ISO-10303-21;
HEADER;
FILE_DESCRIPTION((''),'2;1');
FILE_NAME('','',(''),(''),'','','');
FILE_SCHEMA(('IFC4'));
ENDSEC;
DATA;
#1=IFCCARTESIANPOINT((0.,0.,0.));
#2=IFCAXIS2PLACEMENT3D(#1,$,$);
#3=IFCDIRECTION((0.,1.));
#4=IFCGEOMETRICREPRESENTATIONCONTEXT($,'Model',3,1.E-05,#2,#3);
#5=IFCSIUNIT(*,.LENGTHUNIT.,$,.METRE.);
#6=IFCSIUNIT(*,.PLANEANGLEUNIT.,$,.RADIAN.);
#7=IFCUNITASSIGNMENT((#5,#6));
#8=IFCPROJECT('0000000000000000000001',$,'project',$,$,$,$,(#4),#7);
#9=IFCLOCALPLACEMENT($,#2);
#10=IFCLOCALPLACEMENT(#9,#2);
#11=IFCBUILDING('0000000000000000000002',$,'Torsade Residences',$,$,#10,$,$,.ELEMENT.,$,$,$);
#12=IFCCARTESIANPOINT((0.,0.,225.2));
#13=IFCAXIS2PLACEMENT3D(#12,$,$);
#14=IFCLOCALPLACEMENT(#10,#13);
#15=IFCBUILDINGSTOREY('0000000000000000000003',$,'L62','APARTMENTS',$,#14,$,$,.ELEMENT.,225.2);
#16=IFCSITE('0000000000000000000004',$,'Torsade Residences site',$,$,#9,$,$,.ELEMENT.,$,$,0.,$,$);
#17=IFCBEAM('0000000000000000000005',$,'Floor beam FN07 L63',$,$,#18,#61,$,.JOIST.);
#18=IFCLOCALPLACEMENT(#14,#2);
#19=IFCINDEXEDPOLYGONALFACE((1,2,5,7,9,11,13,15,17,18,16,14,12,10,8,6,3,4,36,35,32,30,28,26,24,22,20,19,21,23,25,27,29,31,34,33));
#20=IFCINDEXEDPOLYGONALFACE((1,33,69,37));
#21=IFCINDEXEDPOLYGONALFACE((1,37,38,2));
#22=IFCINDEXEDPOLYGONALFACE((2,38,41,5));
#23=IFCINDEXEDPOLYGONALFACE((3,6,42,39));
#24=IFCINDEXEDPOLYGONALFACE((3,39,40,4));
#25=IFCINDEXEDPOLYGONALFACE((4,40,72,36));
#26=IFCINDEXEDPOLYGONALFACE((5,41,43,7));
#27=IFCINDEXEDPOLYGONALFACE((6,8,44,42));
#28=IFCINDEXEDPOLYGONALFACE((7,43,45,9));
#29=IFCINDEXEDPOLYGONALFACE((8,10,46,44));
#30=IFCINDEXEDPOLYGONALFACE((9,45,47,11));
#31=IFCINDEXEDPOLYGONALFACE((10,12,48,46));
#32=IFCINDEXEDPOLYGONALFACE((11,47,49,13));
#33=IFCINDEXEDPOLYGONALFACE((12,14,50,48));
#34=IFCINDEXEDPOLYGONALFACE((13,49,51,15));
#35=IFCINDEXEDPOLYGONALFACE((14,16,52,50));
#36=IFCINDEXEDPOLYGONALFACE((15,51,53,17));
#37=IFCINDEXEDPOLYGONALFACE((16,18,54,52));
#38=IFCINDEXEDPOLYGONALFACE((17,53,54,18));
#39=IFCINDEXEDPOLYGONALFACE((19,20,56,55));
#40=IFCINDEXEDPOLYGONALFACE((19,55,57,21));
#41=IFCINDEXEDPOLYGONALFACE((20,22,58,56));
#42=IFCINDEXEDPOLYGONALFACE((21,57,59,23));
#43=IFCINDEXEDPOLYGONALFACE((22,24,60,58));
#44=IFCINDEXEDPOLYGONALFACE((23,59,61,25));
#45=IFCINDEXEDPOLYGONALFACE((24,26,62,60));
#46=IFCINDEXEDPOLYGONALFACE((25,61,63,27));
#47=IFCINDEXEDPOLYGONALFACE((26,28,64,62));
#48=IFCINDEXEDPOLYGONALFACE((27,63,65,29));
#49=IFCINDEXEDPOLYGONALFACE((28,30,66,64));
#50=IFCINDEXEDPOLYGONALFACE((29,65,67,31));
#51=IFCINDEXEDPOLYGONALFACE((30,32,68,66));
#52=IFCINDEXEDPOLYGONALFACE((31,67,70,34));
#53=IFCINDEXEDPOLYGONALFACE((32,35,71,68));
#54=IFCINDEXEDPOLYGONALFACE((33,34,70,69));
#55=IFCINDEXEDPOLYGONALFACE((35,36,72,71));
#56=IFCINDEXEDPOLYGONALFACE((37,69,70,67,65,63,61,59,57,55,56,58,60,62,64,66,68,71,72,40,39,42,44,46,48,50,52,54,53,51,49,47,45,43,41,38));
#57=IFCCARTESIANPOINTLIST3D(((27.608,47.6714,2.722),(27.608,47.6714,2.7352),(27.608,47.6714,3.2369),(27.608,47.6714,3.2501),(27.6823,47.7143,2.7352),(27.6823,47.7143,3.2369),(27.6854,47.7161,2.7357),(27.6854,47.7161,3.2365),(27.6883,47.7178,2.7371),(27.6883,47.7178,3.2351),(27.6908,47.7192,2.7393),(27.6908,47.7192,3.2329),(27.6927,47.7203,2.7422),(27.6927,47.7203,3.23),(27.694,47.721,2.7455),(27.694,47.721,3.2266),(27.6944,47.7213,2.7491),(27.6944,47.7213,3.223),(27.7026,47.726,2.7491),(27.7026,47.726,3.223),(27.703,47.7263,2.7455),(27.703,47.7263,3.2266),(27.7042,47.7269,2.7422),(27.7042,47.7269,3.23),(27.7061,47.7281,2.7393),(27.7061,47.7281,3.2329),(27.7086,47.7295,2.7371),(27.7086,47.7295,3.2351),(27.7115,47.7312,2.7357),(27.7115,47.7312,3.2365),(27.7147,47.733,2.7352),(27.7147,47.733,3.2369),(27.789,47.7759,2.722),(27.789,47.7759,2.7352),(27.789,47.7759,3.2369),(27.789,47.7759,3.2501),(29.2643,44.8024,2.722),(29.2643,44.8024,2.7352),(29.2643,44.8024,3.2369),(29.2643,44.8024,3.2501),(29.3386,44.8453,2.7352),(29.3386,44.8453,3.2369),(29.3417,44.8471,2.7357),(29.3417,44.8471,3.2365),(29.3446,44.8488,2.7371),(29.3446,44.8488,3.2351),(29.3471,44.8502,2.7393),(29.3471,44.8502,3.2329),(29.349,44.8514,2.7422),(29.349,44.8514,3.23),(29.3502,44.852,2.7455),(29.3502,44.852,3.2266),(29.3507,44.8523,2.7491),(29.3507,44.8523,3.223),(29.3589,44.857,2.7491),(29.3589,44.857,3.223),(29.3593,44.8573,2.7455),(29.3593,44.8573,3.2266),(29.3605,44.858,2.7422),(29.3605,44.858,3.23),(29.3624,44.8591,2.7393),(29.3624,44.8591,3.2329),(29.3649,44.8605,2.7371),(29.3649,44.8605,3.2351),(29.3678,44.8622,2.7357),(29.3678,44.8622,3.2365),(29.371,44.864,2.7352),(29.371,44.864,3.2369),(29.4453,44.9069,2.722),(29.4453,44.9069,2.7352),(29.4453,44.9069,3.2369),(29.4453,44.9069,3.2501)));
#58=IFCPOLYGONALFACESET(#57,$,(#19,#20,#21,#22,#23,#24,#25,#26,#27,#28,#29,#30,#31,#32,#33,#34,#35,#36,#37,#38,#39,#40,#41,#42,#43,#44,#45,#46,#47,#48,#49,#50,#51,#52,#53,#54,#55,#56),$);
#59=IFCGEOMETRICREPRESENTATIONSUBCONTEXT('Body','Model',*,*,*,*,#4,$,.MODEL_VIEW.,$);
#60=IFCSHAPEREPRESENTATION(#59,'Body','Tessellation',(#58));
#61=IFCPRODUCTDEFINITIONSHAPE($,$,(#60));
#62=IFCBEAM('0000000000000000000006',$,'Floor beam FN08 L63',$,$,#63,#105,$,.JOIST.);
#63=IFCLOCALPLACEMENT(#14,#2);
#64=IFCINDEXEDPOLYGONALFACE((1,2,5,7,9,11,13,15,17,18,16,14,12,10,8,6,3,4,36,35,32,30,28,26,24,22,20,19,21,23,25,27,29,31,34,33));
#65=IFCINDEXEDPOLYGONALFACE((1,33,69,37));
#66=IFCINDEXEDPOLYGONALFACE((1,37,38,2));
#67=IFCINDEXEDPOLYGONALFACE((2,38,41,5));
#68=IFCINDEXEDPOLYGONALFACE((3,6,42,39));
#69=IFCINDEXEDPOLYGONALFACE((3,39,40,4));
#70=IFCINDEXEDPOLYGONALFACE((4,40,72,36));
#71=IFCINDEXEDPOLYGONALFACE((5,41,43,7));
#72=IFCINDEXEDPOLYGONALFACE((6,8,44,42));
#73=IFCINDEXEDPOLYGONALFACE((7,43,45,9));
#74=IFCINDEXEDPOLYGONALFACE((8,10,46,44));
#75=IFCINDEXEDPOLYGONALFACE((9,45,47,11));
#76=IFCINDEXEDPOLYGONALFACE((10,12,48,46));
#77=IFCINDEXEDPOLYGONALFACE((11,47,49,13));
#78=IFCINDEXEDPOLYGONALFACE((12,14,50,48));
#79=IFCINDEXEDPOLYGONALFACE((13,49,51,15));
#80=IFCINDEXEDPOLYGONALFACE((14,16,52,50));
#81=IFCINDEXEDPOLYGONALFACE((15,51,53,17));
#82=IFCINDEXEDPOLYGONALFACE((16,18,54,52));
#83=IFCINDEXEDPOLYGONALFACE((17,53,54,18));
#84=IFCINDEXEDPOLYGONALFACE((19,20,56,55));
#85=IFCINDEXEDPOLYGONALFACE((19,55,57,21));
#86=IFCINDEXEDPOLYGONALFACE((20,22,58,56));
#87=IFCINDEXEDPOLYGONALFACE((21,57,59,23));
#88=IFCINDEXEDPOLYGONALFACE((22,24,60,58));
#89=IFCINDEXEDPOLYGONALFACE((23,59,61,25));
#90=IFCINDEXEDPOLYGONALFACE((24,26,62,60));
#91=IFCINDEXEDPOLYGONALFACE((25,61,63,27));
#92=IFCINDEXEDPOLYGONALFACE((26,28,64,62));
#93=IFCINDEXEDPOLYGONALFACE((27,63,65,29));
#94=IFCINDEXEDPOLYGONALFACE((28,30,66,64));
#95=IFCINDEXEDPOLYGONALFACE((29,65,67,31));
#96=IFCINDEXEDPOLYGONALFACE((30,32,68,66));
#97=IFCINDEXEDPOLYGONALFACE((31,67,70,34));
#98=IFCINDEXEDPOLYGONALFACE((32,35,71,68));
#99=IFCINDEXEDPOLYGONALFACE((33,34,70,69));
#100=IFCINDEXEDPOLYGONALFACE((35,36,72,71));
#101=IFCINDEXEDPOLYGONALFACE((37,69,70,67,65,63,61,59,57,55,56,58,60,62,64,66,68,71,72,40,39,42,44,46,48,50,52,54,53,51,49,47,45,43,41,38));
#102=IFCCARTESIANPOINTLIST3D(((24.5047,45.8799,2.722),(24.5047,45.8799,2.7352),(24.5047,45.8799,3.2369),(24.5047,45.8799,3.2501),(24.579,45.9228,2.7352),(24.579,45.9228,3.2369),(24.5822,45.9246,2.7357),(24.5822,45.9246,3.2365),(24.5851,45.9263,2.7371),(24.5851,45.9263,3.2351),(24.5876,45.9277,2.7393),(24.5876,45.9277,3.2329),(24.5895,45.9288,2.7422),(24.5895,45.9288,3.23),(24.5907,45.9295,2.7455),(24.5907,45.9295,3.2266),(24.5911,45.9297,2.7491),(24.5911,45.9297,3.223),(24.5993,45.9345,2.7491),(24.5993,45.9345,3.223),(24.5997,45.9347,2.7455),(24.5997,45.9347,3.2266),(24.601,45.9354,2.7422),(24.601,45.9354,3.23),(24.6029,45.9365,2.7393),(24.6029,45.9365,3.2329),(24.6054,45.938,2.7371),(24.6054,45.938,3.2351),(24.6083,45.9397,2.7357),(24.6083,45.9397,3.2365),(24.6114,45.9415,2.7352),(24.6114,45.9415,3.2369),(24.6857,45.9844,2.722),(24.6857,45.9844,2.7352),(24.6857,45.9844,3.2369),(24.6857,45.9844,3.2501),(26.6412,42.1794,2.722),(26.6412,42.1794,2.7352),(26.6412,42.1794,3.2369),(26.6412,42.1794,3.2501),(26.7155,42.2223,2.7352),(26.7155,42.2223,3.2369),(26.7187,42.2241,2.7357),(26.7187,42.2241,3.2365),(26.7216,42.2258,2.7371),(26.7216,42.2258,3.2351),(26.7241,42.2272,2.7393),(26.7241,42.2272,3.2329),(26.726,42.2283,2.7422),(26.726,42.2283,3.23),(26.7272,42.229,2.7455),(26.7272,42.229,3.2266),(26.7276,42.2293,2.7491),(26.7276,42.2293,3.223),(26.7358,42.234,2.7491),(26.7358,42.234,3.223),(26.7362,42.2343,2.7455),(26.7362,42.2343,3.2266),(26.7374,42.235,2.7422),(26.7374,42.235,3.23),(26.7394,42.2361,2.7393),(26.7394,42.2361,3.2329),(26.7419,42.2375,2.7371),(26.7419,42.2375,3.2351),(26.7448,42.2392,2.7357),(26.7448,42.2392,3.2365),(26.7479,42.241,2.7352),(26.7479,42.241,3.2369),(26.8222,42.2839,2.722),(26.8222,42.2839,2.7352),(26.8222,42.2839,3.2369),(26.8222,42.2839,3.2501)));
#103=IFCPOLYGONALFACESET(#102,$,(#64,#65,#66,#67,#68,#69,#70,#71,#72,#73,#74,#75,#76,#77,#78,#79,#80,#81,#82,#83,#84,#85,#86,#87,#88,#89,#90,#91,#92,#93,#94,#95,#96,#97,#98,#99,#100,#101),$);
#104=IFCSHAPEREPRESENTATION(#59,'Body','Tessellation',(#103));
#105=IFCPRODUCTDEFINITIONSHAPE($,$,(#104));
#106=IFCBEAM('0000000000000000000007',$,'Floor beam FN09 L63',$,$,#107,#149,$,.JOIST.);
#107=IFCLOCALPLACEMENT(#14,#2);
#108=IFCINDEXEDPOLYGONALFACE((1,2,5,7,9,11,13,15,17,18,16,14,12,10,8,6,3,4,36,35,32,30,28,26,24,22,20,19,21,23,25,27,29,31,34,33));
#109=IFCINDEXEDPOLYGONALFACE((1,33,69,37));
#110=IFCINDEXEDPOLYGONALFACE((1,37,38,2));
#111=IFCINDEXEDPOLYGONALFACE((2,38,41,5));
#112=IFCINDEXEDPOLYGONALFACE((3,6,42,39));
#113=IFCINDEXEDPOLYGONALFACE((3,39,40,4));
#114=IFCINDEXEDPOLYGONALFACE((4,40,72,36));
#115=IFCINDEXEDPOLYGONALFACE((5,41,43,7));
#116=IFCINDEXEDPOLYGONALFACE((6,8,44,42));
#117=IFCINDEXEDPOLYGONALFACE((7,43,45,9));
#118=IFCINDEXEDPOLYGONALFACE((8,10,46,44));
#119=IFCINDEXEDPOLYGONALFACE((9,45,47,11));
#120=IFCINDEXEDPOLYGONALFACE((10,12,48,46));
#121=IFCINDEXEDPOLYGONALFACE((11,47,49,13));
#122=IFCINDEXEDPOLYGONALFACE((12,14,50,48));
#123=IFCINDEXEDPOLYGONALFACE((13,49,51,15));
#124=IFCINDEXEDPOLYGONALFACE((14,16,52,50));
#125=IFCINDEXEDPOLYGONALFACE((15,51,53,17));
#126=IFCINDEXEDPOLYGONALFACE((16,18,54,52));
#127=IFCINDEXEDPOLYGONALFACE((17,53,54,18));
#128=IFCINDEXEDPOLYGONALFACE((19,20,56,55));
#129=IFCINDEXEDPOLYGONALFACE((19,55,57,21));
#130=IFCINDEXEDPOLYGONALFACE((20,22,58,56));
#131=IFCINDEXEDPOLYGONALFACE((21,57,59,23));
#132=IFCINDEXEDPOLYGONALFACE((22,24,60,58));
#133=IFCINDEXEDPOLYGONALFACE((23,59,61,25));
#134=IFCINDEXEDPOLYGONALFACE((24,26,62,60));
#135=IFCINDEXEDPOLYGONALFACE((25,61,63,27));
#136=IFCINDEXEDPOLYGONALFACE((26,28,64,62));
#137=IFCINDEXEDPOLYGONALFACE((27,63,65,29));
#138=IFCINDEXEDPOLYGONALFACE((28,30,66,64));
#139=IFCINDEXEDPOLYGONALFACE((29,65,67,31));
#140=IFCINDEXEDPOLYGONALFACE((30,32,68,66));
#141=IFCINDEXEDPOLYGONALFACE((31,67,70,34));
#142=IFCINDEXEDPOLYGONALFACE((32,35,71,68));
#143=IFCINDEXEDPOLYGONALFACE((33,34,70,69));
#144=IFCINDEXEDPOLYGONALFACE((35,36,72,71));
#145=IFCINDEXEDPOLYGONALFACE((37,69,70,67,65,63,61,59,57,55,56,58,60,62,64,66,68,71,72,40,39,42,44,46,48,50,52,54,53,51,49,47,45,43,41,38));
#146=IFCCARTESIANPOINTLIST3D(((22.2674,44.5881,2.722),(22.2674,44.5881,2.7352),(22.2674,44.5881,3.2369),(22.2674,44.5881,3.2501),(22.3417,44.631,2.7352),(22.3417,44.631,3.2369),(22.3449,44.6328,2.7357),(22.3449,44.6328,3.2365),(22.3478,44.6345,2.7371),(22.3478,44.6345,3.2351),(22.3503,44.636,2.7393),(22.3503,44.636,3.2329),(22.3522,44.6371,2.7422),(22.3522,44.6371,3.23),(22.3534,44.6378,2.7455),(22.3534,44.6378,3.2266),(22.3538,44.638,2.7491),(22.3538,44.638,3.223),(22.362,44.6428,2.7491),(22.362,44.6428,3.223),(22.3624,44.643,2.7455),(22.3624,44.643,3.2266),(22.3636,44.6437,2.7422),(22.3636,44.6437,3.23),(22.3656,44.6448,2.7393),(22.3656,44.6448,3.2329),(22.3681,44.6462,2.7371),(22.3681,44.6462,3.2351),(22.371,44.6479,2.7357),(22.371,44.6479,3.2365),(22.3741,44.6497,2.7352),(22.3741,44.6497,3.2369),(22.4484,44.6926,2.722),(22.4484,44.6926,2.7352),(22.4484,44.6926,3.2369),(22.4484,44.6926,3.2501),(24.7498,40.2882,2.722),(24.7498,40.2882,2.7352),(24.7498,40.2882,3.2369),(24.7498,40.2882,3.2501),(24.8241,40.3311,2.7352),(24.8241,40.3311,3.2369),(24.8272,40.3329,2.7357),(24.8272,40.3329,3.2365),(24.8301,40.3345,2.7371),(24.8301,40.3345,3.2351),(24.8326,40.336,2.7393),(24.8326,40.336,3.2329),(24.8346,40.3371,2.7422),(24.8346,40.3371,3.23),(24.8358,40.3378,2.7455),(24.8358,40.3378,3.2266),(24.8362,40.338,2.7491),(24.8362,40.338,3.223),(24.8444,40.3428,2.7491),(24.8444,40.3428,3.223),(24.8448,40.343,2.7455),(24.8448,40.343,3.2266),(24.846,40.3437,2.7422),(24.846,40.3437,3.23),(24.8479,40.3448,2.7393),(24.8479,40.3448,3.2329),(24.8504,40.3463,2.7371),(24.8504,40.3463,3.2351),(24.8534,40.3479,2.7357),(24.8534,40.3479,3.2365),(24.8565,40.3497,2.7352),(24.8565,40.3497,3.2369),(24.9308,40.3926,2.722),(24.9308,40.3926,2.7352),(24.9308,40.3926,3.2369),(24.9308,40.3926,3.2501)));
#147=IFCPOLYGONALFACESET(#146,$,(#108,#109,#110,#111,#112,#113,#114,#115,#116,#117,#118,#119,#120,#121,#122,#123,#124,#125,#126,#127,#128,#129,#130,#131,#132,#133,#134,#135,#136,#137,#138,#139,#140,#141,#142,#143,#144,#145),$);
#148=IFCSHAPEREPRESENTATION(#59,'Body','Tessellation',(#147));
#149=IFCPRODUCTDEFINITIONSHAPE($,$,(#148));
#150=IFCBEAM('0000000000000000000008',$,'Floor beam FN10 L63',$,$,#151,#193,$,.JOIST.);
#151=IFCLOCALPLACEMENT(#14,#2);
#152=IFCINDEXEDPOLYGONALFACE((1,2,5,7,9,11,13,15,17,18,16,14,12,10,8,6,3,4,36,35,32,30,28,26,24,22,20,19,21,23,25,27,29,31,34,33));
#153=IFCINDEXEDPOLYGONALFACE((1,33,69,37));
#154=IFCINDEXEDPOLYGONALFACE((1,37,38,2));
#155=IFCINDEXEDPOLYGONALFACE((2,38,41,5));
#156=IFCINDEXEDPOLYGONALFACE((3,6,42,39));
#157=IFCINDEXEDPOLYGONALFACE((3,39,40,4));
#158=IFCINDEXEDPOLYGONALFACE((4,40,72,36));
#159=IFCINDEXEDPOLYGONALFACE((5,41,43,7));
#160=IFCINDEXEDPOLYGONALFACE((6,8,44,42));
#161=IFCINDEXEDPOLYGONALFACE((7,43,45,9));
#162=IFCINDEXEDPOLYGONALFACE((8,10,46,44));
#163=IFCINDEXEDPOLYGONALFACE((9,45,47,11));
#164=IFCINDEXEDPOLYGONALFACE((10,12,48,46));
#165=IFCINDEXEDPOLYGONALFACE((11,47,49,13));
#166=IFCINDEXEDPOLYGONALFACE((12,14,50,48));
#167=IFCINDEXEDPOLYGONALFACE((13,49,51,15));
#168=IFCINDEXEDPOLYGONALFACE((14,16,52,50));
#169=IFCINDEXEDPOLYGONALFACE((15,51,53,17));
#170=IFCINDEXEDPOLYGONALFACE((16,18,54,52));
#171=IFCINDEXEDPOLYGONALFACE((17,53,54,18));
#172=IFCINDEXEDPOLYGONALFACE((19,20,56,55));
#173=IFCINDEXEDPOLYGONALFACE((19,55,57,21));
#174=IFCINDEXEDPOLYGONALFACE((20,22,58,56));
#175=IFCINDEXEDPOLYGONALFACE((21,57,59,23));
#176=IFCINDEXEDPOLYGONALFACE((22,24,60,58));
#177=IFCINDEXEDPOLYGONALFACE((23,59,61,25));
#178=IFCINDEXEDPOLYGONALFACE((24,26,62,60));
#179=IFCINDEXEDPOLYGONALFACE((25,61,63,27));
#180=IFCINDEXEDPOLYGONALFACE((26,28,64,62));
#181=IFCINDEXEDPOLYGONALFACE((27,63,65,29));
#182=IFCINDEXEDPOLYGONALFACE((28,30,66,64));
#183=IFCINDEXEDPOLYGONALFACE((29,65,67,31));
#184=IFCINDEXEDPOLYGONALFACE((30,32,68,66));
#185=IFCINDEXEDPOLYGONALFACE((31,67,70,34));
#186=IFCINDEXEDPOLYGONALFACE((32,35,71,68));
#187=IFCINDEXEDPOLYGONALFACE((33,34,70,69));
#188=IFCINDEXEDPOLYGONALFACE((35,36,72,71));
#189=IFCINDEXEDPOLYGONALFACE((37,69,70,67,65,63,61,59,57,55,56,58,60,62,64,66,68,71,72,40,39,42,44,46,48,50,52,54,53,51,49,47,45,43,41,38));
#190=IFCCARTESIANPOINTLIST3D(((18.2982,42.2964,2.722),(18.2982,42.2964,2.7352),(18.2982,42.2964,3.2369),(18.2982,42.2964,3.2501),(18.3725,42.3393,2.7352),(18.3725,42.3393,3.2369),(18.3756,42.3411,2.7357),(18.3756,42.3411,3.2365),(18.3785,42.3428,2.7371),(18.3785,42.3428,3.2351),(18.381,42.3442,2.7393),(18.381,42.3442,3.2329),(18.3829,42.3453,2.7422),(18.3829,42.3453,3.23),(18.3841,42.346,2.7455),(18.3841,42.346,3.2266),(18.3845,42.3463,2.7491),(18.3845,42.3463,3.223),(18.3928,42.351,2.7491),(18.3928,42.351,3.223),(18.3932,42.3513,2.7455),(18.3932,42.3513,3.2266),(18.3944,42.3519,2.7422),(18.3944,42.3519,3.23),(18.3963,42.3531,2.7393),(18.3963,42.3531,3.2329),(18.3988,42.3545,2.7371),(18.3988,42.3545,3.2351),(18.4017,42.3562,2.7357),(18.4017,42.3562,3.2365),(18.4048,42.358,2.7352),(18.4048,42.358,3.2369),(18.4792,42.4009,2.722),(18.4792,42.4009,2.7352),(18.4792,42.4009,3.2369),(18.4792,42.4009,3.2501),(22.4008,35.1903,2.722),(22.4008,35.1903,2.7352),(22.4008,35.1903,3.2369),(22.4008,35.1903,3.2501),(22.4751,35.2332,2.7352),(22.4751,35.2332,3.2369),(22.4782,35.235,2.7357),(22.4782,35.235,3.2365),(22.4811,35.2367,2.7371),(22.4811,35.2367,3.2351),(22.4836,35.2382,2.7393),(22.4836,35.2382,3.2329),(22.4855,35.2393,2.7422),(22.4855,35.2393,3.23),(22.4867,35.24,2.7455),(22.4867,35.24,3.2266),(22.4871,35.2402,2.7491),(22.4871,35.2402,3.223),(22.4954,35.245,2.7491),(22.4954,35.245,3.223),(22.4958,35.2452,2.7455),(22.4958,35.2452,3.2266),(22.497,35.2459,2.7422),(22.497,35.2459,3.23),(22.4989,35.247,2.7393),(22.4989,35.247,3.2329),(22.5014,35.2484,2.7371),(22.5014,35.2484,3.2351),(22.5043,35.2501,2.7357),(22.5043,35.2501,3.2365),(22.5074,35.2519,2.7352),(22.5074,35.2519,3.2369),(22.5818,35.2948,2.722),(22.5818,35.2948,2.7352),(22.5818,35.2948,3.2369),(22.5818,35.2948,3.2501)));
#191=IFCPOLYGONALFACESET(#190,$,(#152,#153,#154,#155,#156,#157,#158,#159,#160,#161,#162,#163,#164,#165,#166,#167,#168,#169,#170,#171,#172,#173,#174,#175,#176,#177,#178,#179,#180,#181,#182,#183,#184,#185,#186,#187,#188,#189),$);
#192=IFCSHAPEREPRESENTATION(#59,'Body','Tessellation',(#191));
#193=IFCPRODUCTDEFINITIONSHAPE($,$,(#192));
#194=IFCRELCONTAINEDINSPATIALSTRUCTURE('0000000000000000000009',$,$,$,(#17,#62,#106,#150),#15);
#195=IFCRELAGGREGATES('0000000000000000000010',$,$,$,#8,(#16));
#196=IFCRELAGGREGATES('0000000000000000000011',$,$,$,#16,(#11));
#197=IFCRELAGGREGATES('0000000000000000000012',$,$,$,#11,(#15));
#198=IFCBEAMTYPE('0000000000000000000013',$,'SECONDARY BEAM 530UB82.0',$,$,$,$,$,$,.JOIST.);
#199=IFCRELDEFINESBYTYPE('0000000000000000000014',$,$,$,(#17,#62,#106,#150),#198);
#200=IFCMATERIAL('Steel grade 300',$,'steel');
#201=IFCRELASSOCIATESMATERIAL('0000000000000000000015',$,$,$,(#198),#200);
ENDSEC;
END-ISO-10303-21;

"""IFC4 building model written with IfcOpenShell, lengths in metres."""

from ifc_helpers import new_model, si_unit, direction, frame, origin, origin_2d, place, context, subcontext, project, spatial, i_section, extrude, material, material_profile, profile_set, type_object, element, save


model = new_model("IFC4")

# Units and contexts
model_context = context("Model", 3, precision=1e-05, world=origin(), true_north=direction((0.0, 1.0)))
body_context = subcontext(model_context, "Body", "Model", "MODEL_VIEW")
ifc_project = project(units=[si_unit("LENGTHUNIT", "METRE"), si_unit("PLANEANGLEUNIT", "RADIAN")], contexts=[model_context])

# Site, building, storey
site_placement = place(None, origin())
site = spatial("IfcSite", under=ifc_project, at=site_placement, Name="Torsade Residences site", CompositionType="ELEMENT", RefElevation=0.0)
building_placement = place(site_placement, origin())
building = spatial("IfcBuilding", under=site, at=building_placement, Name="Torsade Residences", CompositionType="ELEMENT")
storey_placement = place(building_placement, frame((0.0, 0.0, 225.2)))
storey = spatial("IfcBuildingStorey", under=building, at=storey_placement, Name="L62", Description="APARTMENTS", CompositionType="ELEMENT", Elevation=225.2)

# Beams
ifc_material_1 = material(Name="Steel grade 300", Category="steel")
ifc_material_profile_1 = material_profile(ifc_material_1, i_section(OverallWidth=0.209, OverallDepth=0.5281, WebThickness=0.0095, FlangeThickness=0.0132, FilletRadius=0.0139, at=origin_2d()), Name="530UB82.0")
ifc_profile_set_1 = profile_set([ifc_material_profile_1], Name="Steel grade 300")
beam_type_1 = type_object("IfcBeamType", Name="SECONDARY BEAM 530UB82.0", PredefinedType="JOIST", material=ifc_profile_set_1)
beam_1_placement = place(storey_placement, frame((27.6985, 47.7236, 2.9861), z_axis=(0.499976, -0.86604, 0.0), x_axis=(0.86604, 0.499976, 0.0)))
element("IfcBeam", 1, at=beam_1_placement, inside=storey, type_object=beam_type_1, Name="Floor beam FN07 L63", PredefinedType="JOIST", context=body_context, shape_type="SweptSolid", body=[
    extrude(i_section(OverallWidth=0.209, OverallDepth=0.5281, WebThickness=0.0095, FlangeThickness=0.0132, FilletRadius=0.0139, at=origin_2d()), origin(), (0.0, 0.0, 1.0), 3.3127),
])
beam_2_placement = place(storey_placement, frame((24.5952, 45.9321, 2.9861), z_axis=(0.500004, -0.866023, 0.0), x_axis=(0.866023, 0.500004, 0.0)))
element("IfcBeam", 2, at=beam_2_placement, inside=storey, type_object=beam_type_1, Name="Floor beam FN08 L63", PredefinedType="JOIST", context=body_context, shape_type="SweptSolid", body=[
    extrude(i_section(OverallWidth=0.209, OverallDepth=0.5281, WebThickness=0.0095, FlangeThickness=0.0132, FilletRadius=0.0139, at=origin_2d()), origin(), (0.0, 0.0, 1.0), 4.2729),
])
beam_3_placement = place(storey_placement, frame((22.3579, 44.6404, 2.9861), z_axis=(0.499968, -0.866044, 0.0), x_axis=(0.866044, 0.499968, 0.0)))
element("IfcBeam", 3, at=beam_3_placement, inside=storey, type_object=beam_type_1, Name="Floor beam FN09 L63", PredefinedType="JOIST", context=body_context, shape_type="SweptSolid", body=[
    extrude(i_section(OverallWidth=0.209, OverallDepth=0.5281, WebThickness=0.0095, FlangeThickness=0.0132, FilletRadius=0.0139, at=origin_2d()), origin(), (0.0, 0.0, 1.0), 4.9651),
])
beam_4_placement = place(storey_placement, frame((18.3887, 42.3486, 2.9861), z_axis=(0.499992, -0.86603, 0.0), x_axis=(0.86603, 0.499992, 0.0)))
element("IfcBeam", 4, at=beam_4_placement, inside=storey, type_object=beam_type_1, Name="Floor beam FN10 L63", PredefinedType="JOIST", context=body_context, shape_type="SweptSolid", body=[
    extrude(i_section(OverallWidth=0.209, OverallDepth=0.5281, WebThickness=0.0095, FlangeThickness=0.0132, FilletRadius=0.0139, at=origin_2d()), origin(), (0.0, 0.0, 1.0), 8.2053),
])

save(model, "model.ifc")
